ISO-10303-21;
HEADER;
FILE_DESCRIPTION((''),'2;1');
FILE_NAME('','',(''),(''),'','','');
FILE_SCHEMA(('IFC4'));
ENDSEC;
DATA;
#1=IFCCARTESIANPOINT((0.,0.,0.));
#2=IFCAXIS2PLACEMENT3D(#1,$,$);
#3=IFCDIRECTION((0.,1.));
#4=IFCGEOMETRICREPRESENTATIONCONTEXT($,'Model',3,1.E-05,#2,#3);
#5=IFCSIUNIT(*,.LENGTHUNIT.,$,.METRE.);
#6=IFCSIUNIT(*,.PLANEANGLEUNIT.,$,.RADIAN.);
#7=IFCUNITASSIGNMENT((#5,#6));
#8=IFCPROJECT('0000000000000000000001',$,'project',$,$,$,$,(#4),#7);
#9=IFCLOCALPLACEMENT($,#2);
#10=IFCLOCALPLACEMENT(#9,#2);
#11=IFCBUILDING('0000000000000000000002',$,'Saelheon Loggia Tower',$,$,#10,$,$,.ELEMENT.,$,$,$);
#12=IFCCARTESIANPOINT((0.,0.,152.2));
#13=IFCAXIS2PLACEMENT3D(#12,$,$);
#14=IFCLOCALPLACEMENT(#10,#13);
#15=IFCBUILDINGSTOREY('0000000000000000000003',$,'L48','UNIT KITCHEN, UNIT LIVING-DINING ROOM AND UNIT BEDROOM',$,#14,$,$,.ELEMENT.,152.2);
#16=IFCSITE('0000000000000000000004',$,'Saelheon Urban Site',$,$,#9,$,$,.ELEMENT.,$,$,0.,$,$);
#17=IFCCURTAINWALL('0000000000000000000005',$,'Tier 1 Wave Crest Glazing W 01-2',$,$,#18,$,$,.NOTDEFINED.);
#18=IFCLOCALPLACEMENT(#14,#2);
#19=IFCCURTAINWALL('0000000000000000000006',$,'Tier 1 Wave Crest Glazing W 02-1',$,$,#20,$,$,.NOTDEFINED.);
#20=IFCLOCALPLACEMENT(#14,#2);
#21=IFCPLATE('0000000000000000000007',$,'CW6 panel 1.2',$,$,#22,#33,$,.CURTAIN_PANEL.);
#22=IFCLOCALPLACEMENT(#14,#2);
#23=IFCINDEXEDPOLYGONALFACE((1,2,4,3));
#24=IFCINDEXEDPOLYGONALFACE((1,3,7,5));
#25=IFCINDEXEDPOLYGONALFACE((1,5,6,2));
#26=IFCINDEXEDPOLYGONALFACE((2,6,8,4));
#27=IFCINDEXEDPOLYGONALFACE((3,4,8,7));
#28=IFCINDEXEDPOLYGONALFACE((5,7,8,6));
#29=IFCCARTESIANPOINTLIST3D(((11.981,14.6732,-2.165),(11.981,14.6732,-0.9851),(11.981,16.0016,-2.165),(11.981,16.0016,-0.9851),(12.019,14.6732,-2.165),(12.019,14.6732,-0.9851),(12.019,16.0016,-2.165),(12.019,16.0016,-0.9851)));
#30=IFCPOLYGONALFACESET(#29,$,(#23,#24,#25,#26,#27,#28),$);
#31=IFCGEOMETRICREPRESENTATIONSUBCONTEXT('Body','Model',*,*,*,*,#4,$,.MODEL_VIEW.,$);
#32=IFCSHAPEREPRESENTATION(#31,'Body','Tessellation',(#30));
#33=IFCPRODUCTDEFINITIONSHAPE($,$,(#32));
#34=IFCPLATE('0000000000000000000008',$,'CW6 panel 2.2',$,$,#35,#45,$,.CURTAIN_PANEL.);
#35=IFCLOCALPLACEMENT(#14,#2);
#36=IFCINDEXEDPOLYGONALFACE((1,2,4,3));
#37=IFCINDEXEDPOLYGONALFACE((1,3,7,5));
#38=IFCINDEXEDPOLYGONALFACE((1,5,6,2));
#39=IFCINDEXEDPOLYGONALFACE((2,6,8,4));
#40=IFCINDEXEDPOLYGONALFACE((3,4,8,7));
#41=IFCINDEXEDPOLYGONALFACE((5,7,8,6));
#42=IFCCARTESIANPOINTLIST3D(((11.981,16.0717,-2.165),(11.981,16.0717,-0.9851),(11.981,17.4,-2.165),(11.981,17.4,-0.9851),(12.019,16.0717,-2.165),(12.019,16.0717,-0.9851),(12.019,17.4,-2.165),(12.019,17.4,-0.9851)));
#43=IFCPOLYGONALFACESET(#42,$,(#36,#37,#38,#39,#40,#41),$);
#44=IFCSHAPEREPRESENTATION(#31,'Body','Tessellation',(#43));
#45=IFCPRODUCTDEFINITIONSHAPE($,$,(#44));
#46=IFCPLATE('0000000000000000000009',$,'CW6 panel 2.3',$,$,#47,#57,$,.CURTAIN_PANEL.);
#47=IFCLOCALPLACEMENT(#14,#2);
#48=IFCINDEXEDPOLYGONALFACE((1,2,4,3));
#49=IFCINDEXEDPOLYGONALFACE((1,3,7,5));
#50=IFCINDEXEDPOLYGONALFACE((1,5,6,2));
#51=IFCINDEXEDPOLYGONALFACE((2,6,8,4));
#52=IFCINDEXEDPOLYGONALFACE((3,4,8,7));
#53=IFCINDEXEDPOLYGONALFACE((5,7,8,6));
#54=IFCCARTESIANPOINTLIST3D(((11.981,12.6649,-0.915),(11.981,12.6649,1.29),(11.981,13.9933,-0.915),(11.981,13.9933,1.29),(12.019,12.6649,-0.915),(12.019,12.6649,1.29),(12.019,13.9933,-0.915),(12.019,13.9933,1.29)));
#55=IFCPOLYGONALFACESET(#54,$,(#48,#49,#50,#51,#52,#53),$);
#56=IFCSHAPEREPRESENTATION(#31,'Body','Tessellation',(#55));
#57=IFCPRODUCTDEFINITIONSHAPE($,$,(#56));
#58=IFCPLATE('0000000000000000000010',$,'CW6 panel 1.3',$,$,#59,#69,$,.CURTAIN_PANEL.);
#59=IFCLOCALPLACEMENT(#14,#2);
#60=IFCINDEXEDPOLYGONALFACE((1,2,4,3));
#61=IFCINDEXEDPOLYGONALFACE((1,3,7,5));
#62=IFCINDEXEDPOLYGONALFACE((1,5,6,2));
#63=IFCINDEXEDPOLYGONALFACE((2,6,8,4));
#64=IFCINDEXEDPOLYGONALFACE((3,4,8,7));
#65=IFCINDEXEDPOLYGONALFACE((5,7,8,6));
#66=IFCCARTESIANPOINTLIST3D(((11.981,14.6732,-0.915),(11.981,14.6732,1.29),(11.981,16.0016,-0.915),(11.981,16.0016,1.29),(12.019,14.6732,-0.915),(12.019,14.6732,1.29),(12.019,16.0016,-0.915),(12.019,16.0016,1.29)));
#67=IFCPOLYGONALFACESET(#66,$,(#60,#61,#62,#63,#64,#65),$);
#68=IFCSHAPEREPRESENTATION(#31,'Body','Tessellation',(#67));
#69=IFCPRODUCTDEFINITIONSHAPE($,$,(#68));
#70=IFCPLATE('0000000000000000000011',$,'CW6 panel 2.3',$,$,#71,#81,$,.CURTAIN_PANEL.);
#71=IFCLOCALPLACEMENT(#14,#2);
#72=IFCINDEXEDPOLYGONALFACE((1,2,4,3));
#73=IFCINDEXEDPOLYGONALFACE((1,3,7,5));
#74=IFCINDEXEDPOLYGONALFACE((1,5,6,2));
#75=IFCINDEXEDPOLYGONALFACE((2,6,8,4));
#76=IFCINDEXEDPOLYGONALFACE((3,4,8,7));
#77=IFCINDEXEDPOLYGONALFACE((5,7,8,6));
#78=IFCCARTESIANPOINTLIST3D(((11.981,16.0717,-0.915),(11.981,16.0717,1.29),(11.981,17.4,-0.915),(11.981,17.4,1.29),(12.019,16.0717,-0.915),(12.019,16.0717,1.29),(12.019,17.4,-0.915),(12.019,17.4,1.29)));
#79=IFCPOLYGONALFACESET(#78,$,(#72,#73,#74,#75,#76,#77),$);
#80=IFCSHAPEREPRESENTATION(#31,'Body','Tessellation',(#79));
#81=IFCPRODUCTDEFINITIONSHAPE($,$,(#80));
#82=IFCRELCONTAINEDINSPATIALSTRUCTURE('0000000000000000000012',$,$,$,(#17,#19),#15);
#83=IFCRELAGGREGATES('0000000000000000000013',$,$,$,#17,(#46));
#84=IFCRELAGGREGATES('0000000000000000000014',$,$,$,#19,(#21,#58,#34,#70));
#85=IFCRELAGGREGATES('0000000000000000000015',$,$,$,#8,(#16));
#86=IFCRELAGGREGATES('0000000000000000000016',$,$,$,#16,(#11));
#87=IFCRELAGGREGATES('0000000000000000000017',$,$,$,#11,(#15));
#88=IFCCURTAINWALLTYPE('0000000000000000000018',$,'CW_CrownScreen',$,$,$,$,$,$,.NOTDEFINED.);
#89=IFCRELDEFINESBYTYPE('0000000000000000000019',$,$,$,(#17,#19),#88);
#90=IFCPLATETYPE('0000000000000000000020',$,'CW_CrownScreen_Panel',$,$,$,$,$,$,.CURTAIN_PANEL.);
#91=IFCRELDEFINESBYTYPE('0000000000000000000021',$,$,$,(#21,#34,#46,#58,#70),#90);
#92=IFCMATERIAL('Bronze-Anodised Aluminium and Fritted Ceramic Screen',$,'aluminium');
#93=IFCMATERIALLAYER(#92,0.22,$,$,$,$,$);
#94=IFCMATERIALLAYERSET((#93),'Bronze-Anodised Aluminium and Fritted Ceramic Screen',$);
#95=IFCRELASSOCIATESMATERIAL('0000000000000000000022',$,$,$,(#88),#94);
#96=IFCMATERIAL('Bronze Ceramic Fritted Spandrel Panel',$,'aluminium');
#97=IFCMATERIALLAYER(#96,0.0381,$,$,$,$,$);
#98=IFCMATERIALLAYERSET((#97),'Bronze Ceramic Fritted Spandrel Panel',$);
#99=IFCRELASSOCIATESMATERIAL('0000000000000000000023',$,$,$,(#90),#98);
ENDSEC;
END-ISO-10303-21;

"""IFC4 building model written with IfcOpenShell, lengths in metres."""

from ifc_helpers import new_model, si_unit, direction, frame, origin, origin_2d, place, context, subcontext, project, spatial, rectangle, extrude, source, transform, mapped, material, layer, layer_set, type_object, element, aggregate, save


model = new_model("IFC4")

# Units and contexts
model_context = context("Model", 3, precision=1e-05, world=origin(), true_north=direction((0.0, 1.0)))
body_context = subcontext(model_context, "Body", "Model", "MODEL_VIEW")
ifc_project = project(units=[si_unit("LENGTHUNIT", "METRE"), si_unit("PLANEANGLEUNIT", "RADIAN")], contexts=[model_context])

# Site, building, storey
site_placement = place(None, origin())
site = spatial("IfcSite", under=ifc_project, at=site_placement, Name="Saelheon Urban Site", CompositionType="ELEMENT", RefElevation=0.0)
building_placement = place(site_placement, origin())
building = spatial("IfcBuilding", under=site, at=building_placement, Name="Saelheon Loggia Tower", CompositionType="ELEMENT")
storey_placement = place(building_placement, frame((0.0, 0.0, 152.2)))
storey = spatial("IfcBuildingStorey", under=building, at=storey_placement, Name="L48", Description="UNIT KITCHEN, UNIT LIVING-DINING ROOM AND UNIT BEDROOM", CompositionType="ELEMENT", Elevation=152.2)

# Shared definitions
ifc_material_1 = material(Name="Bronze-Anodised Aluminium and Fritted Ceramic Screen", Category="aluminium")
ifc_layer_1 = layer(ifc_material_1, 0.22)
ifc_layer_set_1 = layer_set([ifc_layer_1], Name="Bronze-Anodised Aluminium and Fritted Ceramic Screen")
curtain_wall_type = type_object("IfcCurtainWallType", Name="CW_CrownScreen", PredefinedType="NOTDEFINED", material=ifc_layer_set_1)

# Curtain walls
curtain_wall_1_placement = place(storey_placement, origin())
curtain_wall_1 = element("IfcCurtainWall", 1, at=curtain_wall_1_placement, inside=storey, type_object=curtain_wall_type, Name="Tier 1 Wave Crest Glazing W 01-2", PredefinedType="NOTDEFINED")
curtain_wall_2_placement = place(storey_placement, origin())
curtain_wall_2 = element("IfcCurtainWall", 2, at=curtain_wall_2_placement, inside=storey, type_object=curtain_wall_type, Name="Tier 1 Wave Crest Glazing W 02-1", PredefinedType="NOTDEFINED")

# Plates
ifc_material_2 = material(Name="Bronze Ceramic Fritted Spandrel Panel", Category="aluminium")
ifc_layer_2 = layer(ifc_material_2, 0.0381)
ifc_layer_set_2 = layer_set([ifc_layer_2], Name="Bronze Ceramic Fritted Spandrel Panel")
plate_type = type_object("IfcPlateType", Name="CW_CrownScreen_Panel", PredefinedType="CURTAIN_PANEL", material=ifc_layer_set_2)
shared_shape_1 = source(origin(), body_context, "Body", "SweptSolid", [
    extrude(rectangle(XDim=1.3284, YDim=0.0381, at=origin_2d()), origin(), (0.0, 0.0, 1.0), 1.1799),
])
plate_1_placement = place(storey_placement, frame((12.0, 15.3374, -2.165), z_axis=(0.0, 0.0, 1.0), x_axis=(0.0, 1.0, 0.0)))
plate_1 = element("IfcPlate", 3, at=plate_1_placement, type_object=plate_type, Name="CW6 panel 1.2", PredefinedType="CURTAIN_PANEL", context=body_context, shape_type="MappedRepresentation", body=[
    mapped(shared_shape_1, transform((0.0, 0.0, 0.0), scale=1.0)),
])
plate_2_placement = place(storey_placement, frame((12.0, 16.7358, -2.165), z_axis=(0.0, 0.0, 1.0), x_axis=(0.0, 1.0, 0.0)))
plate_2 = element("IfcPlate", 4, at=plate_2_placement, type_object=plate_type, Name="CW6 panel 2.2", PredefinedType="CURTAIN_PANEL", context=body_context, shape_type="MappedRepresentation", body=[
    mapped(shared_shape_1, transform((0.0, 0.0, 0.0), scale=1.0)),
])
shared_shape_2 = source(origin(), body_context, "Body", "SweptSolid", [
    extrude(rectangle(XDim=1.3284, YDim=0.0381, at=origin_2d()), origin(), (0.0, 0.0, 1.0), 2.2051),
])
plate_3_placement = place(storey_placement, frame((12.0, 13.3291, -0.915), z_axis=(0.0, 0.0, 1.0), x_axis=(0.0, 1.0, 0.0)))
plate_3 = element("IfcPlate", 5, at=plate_3_placement, type_object=plate_type, Name="CW6 panel 2.3", PredefinedType="CURTAIN_PANEL", context=body_context, shape_type="MappedRepresentation", body=[
    mapped(shared_shape_2, transform((0.0, 0.0, 0.0), scale=1.0)),
])
aggregate(curtain_wall_1, [plate_3])
plate_4_placement = place(storey_placement, frame((12.0, 15.3374, -0.915), z_axis=(0.0, 0.0, 1.0), x_axis=(0.0, 1.0, 0.0)))
plate_4 = element("IfcPlate", 6, at=plate_4_placement, type_object=plate_type, Name="CW6 panel 1.3", PredefinedType="CURTAIN_PANEL", context=body_context, shape_type="MappedRepresentation", body=[
    mapped(shared_shape_2, transform((0.0, 0.0, 0.0), scale=1.0)),
])
plate_5_placement = place(storey_placement, frame((12.0, 16.7358, -0.915), z_axis=(0.0, 0.0, 1.0), x_axis=(0.0, 1.0, 0.0)))
plate_5 = element("IfcPlate", 7, at=plate_5_placement, type_object=plate_type, Name="CW6 panel 2.3", PredefinedType="CURTAIN_PANEL", context=body_context, shape_type="MappedRepresentation", body=[
    mapped(shared_shape_2, transform((0.0, 0.0, 0.0), scale=1.0)),
])
aggregate(curtain_wall_2, [plate_1, plate_4, plate_2, plate_5])

save(model, "model.ifc")
